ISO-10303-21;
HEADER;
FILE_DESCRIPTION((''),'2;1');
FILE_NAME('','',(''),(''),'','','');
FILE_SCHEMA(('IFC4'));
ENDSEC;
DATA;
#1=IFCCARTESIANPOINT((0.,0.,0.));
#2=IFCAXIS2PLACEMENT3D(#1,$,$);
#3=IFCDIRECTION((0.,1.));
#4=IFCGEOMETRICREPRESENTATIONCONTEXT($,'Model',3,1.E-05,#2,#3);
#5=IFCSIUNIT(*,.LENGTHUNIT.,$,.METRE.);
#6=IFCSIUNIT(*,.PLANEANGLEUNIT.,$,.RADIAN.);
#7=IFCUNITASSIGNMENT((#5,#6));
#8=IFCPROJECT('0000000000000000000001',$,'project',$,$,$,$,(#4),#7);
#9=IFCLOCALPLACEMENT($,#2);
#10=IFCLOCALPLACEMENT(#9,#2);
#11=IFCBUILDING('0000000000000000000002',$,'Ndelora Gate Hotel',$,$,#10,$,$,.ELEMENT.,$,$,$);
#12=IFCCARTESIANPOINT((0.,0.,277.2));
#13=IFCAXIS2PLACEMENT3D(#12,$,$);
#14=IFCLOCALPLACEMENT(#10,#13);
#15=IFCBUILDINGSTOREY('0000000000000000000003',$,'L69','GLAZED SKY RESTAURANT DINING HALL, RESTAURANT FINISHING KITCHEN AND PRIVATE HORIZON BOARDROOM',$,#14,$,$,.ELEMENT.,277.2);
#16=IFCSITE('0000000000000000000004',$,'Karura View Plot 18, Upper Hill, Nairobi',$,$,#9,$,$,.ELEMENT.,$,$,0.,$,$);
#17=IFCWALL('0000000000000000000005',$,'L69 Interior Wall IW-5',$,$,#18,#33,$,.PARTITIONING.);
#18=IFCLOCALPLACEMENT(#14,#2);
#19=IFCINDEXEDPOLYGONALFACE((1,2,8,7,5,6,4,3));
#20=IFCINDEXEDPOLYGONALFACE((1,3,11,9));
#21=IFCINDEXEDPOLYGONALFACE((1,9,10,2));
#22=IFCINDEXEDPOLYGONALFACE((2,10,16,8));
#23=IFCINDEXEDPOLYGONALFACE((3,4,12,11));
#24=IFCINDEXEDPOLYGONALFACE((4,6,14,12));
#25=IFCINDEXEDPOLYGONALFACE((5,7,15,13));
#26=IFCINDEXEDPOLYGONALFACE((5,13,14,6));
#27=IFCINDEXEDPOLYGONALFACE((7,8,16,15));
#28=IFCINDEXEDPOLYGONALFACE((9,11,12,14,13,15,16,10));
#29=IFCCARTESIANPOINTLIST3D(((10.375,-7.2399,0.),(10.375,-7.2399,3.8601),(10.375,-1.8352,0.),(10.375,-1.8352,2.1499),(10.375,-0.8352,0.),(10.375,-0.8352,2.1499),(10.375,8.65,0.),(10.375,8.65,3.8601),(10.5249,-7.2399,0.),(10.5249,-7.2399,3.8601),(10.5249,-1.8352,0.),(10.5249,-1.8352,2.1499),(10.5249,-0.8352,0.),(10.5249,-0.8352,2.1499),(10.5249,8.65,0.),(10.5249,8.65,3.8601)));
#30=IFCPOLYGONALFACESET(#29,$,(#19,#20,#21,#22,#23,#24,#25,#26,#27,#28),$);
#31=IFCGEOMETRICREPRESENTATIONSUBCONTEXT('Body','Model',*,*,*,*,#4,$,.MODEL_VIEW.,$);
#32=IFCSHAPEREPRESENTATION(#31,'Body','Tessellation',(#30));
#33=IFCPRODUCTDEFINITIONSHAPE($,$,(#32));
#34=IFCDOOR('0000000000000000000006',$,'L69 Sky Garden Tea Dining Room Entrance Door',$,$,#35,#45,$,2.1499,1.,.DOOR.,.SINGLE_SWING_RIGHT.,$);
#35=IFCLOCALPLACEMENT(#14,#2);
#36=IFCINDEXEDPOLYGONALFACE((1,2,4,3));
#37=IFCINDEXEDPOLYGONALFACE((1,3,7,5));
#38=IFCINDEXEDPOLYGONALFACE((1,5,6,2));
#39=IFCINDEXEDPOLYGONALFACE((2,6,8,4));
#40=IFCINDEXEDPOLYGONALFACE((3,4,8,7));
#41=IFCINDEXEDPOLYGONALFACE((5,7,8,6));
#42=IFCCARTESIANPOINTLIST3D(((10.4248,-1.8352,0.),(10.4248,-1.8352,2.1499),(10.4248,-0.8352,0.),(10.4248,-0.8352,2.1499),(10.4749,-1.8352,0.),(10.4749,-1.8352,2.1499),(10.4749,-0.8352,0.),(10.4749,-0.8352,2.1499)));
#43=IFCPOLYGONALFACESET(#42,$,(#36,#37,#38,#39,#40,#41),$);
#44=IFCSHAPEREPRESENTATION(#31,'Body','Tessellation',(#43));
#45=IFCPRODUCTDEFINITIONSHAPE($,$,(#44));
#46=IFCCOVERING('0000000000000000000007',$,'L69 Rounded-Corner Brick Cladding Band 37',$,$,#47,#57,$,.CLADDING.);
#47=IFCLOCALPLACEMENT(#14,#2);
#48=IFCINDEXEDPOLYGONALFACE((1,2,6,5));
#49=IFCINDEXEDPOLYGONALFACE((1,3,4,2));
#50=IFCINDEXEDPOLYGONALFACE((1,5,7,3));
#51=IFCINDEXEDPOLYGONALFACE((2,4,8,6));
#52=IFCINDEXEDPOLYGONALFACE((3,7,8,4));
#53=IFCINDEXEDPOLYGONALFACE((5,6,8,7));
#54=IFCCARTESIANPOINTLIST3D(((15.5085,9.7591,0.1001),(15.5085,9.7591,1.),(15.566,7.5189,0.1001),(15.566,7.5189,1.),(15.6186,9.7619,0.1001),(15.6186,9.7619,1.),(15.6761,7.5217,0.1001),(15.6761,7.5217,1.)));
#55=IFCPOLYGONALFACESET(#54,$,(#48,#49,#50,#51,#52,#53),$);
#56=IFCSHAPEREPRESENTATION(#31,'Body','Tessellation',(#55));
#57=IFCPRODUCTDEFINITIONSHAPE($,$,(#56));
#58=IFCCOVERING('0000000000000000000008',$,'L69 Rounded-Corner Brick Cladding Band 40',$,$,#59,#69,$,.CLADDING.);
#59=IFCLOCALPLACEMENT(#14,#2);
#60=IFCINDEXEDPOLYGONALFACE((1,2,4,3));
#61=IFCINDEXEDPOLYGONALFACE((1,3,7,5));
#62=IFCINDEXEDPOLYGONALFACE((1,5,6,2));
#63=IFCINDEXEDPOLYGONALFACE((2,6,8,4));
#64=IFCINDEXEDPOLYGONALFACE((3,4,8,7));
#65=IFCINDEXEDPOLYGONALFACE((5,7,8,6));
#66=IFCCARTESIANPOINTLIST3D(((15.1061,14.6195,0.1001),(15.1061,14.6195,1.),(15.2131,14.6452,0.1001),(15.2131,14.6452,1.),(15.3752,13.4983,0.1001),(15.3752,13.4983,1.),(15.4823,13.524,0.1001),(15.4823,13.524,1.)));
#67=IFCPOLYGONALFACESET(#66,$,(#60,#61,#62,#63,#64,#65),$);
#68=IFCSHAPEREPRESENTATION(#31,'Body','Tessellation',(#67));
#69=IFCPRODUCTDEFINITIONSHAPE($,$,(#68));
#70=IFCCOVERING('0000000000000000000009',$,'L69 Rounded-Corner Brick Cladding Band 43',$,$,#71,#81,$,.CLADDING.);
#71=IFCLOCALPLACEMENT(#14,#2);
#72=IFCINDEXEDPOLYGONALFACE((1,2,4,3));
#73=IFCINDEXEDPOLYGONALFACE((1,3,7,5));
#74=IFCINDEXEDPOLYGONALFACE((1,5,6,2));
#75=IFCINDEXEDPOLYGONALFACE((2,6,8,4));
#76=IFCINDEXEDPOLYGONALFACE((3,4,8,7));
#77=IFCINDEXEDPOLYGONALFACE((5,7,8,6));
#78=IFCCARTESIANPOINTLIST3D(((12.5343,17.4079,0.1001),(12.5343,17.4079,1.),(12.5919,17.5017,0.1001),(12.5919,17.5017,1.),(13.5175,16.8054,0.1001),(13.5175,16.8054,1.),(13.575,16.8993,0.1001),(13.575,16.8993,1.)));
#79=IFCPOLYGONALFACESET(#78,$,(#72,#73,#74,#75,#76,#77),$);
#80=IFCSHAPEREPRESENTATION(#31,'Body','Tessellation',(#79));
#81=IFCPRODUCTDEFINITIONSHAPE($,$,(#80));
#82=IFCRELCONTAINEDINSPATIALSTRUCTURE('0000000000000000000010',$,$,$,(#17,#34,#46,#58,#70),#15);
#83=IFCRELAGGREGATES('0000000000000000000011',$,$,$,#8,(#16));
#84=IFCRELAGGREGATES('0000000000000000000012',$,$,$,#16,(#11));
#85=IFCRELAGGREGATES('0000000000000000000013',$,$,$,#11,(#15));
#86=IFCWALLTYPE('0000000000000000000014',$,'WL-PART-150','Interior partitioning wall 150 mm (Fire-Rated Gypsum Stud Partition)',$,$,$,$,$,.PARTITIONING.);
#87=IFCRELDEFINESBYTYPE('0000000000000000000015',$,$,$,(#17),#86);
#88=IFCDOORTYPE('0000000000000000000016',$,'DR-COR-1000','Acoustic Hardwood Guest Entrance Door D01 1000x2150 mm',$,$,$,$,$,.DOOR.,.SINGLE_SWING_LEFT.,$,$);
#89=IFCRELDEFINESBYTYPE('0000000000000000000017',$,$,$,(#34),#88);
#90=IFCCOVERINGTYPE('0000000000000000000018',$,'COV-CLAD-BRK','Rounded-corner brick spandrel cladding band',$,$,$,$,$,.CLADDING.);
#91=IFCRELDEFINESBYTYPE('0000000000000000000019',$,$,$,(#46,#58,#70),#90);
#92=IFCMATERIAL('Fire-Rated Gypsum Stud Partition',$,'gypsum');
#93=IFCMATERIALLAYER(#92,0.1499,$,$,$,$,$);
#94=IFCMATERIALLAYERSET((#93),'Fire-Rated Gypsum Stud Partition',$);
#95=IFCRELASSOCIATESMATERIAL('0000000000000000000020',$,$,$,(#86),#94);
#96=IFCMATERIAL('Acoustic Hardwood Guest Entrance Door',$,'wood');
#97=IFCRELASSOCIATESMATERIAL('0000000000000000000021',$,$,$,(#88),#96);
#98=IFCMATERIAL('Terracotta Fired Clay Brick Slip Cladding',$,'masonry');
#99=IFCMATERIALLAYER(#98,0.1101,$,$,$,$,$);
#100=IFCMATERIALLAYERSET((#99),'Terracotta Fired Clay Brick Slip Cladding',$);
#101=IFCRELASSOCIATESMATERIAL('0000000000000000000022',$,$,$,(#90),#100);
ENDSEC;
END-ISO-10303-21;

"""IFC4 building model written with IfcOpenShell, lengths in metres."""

from ifc_helpers import new_model, si_unit, direction, frame, frame_2d, origin, origin_2d, place, context, subcontext, project, spatial, rectangle, extrude, material, layer, layer_set, type_object, element, fill, save


model = new_model("IFC4")

# Units and contexts
model_context = context("Model", 3, precision=1e-05, world=origin(), true_north=direction((0.0, 1.0)))
body_context = subcontext(model_context, "Body", "Model", "MODEL_VIEW")
ifc_project = project(units=[si_unit("LENGTHUNIT", "METRE"), si_unit("PLANEANGLEUNIT", "RADIAN")], contexts=[model_context])

# Site, building, storey
site_placement = place(None, origin())
site = spatial("IfcSite", under=ifc_project, at=site_placement, Name="Karura View Plot 18, Upper Hill, Nairobi", CompositionType="ELEMENT", RefElevation=0.0)
building_placement = place(site_placement, origin())
building = spatial("IfcBuilding", under=site, at=building_placement, Name="Ndelora Gate Hotel", CompositionType="ELEMENT")
storey_placement = place(building_placement, frame((0.0, 0.0, 277.2)))
storey = spatial("IfcBuildingStorey", under=building, at=storey_placement, Name="L69", Description="GLAZED SKY RESTAURANT DINING HALL, RESTAURANT FINISHING KITCHEN AND PRIVATE HORIZON BOARDROOM", CompositionType="ELEMENT", Elevation=277.2)

# Wall, opening, door
ifc_material_1 = material(Name="Fire-Rated Gypsum Stud Partition", Category="gypsum")
ifc_layer_1 = layer(ifc_material_1, 0.1499)
ifc_layer_set_1 = layer_set([ifc_layer_1], Name="Fire-Rated Gypsum Stud Partition")
wall_type_1 = type_object("IfcWallType", Name="WL-PART-150", Description="Interior partitioning wall 150 mm (Fire-Rated Gypsum Stud Partition)", PredefinedType="PARTITIONING", material=ifc_layer_set_1)
wall_1_placement = place(storey_placement, frame((10.45, 8.6499, 0.0), z_axis=(0.0, 0.0, 1.0), x_axis=(0.0, -1.0, 0.0)))
wall_1 = element("IfcWall", 1, at=wall_1_placement, inside=storey, type_object=wall_type_1, Name="L69 Interior Wall IW-5", PredefinedType="PARTITIONING", context=body_context, shape_type="SweptSolid", body=[
    extrude(rectangle(XDim=15.8899, YDim=0.1499, at=frame_2d((7.9448, 0.0))), origin(), (0.0, 0.0, 1.0), 3.8601),
])
opening_1_placement = place(wall_1_placement, frame((9.4851, 0.0, 0.0)))
opening_1 = element("IfcOpeningElement", 2, at=opening_1_placement, cuts=wall_1, PredefinedType="OPENING", context=body_context, shape_type="SweptSolid", body=[
    extrude(rectangle(XDim=1.0, YDim=2.1499, at=frame_2d((0.5, 1.075))), frame((0.0, 0.085, 0.0), z_axis=(0.0, -1.0, 0.0), x_axis=(1.0, 0.0, 0.0)), (0.0, 0.0, 1.0), 0.1699),
])
ifc_material_2 = material(Name="Acoustic Hardwood Guest Entrance Door", Category="wood")
door_type = type_object("IfcDoorType", Name="DR-COR-1000", Description="Acoustic Hardwood Guest Entrance Door D01 1000x2150 mm", OperationType="SINGLE_SWING_LEFT", PredefinedType="DOOR", material=ifc_material_2)
door_placement = place(opening_1_placement, origin())
door = element("IfcDoor", 3, at=door_placement, inside=storey, type_object=door_type, Name="L69 Sky Garden Tea Dining Room Entrance Door", OperationType="SINGLE_SWING_RIGHT", OverallHeight=2.1499, OverallWidth=1.0, PredefinedType="DOOR", context=body_context, shape_type="SweptSolid", body=[
    extrude(rectangle(XDim=1.0, YDim=2.1499, at=frame_2d((0.5, 1.075))), frame((0.0, 0.0249, 0.0), z_axis=(0.0, -1.0, 0.0), x_axis=(1.0, 0.0, 0.0)), (0.0, 0.0, 1.0), 0.05),
])
fill(opening_1, door)

# Coverings
ifc_material_3 = material(Name="Terracotta Fired Clay Brick Slip Cladding", Category="masonry")
ifc_layer_2 = layer(ifc_material_3, 0.1101)
ifc_layer_set_2 = layer_set([ifc_layer_2], Name="Terracotta Fired Clay Brick Slip Cladding")
covering_type = type_object("IfcCoveringType", Name="COV-CLAD-BRK", Description="Rounded-corner brick spandrel cladding band", PredefinedType="CLADDING", material=ifc_layer_set_2)
covering_placement = place(storey_placement, frame((15.5923, 8.6404, 0.1001), z_axis=(0.0, 0.0, 1.0), x_axis=(-0.025654, 0.999671, 0.0)))
element("IfcCovering", 4, at=covering_placement, inside=storey, type_object=covering_type, Name="L69 Rounded-Corner Brick Cladding Band 37", PredefinedType="CLADDING", context=body_context, shape_type="SweptSolid", body=[
    extrude(rectangle(XDim=2.241, YDim=0.1101, at=origin_2d()), origin(), (0.0, 0.0, 1.0), 0.8999),
])
for number, where, z_axis, x_axis, name in (
    (5, (15.2942, 14.0718, 0.1001), (0.0, 0.0, 1.0), (-0.233445, 0.97237, 0.0), "L69 Rounded-Corner Brick Cladding Band 40"),
    (6, (13.0547, 17.1536, 0.1001), (0.0, 0.0, 1.0), (-0.85264, 0.522499, 0.0), "L69 Rounded-Corner Brick Cladding Band 43"),
):
    element("IfcCovering", number, at=place(storey_placement, frame(where, z_axis=z_axis, x_axis=x_axis)), inside=storey, type_object=covering_type, Name=name, PredefinedType="CLADDING", context=body_context, shape_type="SweptSolid", body=[
        extrude(rectangle(XDim=1.1531, YDim=0.1101, at=origin_2d()), origin(), (0.0, 0.0, 1.0), 0.8999),
    ])

save(model, "model.ifc")
